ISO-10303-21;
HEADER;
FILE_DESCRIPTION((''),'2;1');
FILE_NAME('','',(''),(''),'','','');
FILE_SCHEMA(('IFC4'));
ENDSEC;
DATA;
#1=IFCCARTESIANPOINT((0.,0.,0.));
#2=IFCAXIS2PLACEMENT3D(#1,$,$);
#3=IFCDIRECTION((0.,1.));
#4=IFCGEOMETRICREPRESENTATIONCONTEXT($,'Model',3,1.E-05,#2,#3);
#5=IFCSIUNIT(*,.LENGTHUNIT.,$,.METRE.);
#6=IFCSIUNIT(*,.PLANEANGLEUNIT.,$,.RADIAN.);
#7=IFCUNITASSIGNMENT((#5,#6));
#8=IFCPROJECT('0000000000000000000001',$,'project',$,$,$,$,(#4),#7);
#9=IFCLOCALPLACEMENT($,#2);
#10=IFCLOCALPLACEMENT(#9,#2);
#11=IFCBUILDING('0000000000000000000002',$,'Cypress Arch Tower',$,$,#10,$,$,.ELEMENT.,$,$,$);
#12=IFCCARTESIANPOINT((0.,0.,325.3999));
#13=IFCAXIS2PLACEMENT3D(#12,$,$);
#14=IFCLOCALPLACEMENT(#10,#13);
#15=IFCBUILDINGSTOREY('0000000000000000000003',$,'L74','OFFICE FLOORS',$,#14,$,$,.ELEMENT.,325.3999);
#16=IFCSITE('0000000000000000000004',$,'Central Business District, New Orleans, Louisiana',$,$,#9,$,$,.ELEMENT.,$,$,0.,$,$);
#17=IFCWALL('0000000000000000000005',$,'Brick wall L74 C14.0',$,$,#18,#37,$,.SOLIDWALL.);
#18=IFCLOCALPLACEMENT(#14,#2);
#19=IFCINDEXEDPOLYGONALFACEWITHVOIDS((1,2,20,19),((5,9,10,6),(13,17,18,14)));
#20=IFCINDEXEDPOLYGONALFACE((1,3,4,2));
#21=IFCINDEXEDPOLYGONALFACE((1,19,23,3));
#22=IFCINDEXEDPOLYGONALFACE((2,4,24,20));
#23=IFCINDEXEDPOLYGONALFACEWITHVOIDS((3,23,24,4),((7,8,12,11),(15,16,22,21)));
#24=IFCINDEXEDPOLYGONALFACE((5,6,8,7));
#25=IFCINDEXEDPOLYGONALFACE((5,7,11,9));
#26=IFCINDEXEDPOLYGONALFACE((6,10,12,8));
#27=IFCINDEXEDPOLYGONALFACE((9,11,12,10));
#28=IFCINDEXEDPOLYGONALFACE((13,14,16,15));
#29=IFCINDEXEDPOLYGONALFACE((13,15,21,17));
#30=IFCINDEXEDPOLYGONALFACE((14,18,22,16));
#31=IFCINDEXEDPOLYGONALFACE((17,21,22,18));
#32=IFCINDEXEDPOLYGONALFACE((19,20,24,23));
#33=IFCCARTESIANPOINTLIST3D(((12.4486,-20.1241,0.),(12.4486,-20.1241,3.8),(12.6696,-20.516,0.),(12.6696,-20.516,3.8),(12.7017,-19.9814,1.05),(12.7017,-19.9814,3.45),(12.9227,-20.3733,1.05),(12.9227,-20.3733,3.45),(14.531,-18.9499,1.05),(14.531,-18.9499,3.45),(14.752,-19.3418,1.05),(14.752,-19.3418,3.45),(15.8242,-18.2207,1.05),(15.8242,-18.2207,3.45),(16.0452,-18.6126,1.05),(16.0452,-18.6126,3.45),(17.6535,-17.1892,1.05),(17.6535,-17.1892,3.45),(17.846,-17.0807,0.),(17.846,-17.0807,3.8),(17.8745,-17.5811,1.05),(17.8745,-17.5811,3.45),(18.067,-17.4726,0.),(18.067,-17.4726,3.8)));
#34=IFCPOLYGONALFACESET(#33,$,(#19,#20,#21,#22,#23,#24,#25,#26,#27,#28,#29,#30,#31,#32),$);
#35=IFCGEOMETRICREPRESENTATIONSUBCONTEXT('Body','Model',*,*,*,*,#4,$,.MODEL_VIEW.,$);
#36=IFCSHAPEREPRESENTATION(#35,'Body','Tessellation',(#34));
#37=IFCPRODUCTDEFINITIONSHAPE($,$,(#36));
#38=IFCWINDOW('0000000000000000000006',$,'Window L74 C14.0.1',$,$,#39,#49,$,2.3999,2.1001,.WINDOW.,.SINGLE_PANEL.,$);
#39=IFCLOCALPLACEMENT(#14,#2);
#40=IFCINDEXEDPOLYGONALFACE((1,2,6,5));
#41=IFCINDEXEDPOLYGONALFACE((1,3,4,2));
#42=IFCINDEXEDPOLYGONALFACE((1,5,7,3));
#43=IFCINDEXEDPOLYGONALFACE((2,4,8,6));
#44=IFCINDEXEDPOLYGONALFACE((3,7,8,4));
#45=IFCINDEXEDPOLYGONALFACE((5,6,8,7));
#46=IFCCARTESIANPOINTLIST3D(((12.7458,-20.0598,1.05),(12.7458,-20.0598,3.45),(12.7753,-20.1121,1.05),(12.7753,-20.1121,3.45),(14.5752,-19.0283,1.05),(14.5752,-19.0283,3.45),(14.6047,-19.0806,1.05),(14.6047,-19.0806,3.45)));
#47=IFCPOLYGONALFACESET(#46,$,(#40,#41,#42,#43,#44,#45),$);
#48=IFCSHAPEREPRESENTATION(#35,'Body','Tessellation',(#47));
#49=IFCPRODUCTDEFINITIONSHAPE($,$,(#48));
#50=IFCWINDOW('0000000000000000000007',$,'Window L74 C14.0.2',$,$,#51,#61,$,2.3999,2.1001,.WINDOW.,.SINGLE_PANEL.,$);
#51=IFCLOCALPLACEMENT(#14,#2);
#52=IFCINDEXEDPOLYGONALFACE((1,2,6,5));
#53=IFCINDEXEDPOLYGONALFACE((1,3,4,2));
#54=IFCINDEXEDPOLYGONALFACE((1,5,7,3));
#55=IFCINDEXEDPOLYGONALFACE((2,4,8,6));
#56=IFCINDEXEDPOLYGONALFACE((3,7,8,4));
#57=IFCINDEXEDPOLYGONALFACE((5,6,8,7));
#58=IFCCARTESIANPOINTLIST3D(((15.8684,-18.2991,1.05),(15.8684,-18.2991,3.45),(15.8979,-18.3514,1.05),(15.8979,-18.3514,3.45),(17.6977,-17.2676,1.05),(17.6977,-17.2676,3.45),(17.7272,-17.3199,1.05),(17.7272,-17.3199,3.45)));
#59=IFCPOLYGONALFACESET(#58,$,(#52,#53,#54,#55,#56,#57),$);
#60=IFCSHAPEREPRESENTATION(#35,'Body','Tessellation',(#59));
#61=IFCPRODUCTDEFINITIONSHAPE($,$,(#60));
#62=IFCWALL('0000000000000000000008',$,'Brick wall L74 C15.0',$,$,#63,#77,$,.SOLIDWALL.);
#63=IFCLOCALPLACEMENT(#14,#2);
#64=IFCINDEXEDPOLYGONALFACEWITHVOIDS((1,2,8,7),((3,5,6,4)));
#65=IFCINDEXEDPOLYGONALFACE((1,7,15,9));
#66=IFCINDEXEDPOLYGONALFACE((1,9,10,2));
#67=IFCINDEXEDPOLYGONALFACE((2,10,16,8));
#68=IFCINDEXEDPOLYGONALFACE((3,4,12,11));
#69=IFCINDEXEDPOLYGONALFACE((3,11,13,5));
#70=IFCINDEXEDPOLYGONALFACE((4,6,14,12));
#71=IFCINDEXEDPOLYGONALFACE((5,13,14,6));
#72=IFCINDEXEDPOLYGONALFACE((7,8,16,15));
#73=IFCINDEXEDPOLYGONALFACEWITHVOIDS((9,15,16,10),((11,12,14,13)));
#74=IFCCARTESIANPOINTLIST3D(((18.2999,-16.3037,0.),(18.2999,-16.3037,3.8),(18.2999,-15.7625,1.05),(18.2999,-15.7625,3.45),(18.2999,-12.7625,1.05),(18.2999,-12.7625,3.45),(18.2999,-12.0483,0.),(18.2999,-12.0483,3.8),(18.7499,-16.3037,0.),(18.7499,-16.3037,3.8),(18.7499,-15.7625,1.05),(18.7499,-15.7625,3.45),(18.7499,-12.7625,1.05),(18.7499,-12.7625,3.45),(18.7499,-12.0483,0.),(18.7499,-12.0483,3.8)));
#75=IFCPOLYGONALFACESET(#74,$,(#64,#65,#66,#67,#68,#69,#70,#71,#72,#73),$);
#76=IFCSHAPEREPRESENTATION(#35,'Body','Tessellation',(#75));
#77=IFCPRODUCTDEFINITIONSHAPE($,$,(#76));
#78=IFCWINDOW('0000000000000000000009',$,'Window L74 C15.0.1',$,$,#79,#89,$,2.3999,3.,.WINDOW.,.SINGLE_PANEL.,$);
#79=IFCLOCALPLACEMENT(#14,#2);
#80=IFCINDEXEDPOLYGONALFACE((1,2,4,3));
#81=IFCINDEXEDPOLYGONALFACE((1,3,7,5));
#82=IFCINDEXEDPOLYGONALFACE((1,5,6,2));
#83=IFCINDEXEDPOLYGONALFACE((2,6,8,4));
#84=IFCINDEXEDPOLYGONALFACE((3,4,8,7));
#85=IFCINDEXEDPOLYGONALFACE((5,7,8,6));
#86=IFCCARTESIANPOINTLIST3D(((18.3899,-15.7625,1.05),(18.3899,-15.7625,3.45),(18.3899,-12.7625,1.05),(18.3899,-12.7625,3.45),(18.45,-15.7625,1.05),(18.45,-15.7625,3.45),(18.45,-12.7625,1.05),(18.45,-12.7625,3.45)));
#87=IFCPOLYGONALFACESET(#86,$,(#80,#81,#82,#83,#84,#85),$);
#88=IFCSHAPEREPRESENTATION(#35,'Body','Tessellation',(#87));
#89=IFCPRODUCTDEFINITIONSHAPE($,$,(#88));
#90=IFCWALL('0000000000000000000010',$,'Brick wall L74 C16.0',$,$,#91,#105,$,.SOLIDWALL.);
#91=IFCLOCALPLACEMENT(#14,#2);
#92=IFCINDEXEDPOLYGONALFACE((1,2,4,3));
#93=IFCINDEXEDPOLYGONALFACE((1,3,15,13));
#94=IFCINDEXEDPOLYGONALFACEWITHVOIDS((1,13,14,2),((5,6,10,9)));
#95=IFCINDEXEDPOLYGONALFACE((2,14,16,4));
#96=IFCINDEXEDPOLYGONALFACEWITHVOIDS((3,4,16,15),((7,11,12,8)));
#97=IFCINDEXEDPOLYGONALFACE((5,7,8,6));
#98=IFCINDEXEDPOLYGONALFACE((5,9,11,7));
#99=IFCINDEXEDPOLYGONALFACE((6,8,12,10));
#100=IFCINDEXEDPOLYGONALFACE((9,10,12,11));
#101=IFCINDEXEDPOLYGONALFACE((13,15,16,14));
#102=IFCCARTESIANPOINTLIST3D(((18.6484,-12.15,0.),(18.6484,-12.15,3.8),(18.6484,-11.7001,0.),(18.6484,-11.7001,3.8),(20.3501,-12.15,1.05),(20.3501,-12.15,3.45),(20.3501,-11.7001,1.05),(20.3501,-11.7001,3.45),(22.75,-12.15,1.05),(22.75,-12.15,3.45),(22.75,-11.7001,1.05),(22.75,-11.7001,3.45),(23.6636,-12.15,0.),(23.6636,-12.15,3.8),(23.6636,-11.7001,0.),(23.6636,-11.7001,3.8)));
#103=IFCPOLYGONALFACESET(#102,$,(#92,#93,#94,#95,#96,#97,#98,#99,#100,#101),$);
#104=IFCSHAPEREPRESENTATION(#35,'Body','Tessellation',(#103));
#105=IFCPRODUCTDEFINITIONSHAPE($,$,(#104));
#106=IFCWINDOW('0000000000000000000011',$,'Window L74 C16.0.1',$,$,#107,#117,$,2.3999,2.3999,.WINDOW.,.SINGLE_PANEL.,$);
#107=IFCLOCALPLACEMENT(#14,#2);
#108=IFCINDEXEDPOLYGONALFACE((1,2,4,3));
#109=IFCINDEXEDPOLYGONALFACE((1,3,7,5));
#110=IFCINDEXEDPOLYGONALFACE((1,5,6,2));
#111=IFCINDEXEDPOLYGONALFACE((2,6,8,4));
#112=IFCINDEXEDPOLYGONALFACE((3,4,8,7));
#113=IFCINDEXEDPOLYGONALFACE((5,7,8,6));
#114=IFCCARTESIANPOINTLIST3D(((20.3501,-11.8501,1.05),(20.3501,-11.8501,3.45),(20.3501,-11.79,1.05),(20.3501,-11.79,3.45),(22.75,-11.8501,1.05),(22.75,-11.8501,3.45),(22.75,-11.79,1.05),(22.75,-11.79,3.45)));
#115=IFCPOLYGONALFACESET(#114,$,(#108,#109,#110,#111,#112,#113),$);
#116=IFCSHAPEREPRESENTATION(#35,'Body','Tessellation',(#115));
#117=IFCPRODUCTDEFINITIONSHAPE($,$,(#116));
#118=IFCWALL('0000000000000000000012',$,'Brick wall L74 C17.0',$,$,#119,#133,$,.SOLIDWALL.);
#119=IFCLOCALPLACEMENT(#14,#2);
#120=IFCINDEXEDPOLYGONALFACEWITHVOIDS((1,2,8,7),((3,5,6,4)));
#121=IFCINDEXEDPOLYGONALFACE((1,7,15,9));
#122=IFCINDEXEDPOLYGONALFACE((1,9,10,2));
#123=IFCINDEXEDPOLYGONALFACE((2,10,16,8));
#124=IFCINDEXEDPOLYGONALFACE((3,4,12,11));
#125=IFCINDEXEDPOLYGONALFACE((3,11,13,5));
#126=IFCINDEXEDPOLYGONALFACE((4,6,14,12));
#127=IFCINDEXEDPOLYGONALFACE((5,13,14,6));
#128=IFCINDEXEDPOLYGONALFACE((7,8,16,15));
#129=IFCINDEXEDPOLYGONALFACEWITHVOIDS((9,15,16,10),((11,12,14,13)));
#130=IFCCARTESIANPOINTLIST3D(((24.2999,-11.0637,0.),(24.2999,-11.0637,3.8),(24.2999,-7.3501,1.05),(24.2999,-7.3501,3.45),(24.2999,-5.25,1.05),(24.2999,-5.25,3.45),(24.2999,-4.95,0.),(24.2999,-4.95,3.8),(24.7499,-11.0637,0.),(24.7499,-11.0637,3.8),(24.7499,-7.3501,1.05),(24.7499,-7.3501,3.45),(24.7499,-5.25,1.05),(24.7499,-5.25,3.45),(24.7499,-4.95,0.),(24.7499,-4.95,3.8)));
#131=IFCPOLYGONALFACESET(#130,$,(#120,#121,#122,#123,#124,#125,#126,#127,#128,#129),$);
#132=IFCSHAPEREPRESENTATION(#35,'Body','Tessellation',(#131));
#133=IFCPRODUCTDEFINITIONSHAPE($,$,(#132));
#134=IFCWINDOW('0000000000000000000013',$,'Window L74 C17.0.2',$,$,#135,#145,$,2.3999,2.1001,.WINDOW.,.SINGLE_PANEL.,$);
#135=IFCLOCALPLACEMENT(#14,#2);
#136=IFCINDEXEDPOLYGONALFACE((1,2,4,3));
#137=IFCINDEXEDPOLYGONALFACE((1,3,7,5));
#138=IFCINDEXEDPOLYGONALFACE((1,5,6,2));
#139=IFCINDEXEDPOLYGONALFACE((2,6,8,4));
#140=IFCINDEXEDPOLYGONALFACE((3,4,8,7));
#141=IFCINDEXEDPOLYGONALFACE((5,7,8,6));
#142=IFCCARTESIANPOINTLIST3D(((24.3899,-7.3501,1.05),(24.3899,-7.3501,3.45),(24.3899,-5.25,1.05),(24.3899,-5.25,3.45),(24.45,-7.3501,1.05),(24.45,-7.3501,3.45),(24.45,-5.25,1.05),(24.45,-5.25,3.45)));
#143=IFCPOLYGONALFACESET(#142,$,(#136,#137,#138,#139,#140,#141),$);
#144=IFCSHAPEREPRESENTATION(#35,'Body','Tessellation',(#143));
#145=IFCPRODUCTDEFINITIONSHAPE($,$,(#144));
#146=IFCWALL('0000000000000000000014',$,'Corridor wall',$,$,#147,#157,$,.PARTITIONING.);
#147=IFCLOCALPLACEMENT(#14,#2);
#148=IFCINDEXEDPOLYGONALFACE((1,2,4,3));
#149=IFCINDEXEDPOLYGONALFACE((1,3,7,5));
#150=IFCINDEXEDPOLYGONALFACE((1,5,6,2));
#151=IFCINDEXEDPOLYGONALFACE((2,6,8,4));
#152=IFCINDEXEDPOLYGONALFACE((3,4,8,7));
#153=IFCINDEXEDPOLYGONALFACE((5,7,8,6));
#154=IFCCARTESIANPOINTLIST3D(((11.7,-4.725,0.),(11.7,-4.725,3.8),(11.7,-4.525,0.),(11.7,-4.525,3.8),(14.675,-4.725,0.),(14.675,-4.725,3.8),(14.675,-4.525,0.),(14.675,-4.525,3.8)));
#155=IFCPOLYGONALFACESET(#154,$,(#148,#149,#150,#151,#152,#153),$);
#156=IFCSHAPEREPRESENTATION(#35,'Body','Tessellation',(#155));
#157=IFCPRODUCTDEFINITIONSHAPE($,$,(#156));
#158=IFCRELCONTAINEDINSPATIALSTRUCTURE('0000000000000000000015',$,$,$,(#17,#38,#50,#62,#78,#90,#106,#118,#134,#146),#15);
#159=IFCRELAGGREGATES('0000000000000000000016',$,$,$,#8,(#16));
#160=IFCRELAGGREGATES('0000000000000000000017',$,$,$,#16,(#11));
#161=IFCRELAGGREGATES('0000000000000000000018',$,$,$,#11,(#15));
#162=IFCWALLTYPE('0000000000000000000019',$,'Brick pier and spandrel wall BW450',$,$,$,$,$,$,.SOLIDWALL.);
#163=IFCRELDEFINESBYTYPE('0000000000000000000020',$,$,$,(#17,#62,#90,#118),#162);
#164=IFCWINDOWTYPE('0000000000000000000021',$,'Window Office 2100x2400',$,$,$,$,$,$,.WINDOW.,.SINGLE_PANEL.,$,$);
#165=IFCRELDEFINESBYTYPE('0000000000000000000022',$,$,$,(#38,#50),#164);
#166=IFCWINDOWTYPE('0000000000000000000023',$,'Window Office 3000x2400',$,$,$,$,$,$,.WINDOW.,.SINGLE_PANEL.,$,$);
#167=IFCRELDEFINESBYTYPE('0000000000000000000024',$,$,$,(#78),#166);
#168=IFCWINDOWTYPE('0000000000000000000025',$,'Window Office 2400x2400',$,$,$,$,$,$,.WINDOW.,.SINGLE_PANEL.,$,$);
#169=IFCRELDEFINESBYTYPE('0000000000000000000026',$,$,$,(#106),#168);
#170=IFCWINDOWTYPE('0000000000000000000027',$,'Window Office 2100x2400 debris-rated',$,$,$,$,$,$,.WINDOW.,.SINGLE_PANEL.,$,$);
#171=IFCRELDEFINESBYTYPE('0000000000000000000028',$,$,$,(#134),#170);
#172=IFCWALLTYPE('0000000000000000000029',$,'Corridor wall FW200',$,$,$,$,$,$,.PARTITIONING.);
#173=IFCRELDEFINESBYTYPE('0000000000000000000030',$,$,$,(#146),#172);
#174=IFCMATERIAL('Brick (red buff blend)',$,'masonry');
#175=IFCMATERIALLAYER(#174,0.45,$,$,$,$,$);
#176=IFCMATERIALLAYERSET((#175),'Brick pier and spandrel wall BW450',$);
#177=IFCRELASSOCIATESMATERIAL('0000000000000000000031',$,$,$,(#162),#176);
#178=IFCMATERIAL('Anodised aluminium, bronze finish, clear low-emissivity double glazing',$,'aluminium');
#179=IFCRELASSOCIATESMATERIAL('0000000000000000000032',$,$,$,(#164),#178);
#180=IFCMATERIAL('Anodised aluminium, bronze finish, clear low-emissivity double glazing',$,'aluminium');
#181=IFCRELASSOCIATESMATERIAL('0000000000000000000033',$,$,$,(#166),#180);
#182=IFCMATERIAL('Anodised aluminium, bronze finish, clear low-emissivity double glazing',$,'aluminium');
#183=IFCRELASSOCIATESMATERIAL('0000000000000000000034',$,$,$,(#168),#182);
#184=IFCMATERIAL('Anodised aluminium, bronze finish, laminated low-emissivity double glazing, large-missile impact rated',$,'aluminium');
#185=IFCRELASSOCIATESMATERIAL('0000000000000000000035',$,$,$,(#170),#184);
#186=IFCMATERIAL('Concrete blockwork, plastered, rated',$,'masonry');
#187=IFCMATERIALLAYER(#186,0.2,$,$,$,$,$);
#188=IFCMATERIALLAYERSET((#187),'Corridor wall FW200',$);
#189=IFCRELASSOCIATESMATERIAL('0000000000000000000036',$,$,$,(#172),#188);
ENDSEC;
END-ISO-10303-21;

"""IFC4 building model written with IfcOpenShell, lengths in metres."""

from ifc_helpers import new_model, si_unit, direction, frame, frame_2d, origin, place, context, subcontext, project, spatial, rectangle, extrude, material, layer, layer_set, type_object, element, fill, save


model = new_model("IFC4")

# Units and contexts
model_context = context("Model", 3, precision=1e-05, world=origin(), true_north=direction((0.0, 1.0)))
body_context = subcontext(model_context, "Body", "Model", "MODEL_VIEW")
ifc_project = project(units=[si_unit("LENGTHUNIT", "METRE"), si_unit("PLANEANGLEUNIT", "RADIAN")], contexts=[model_context])

# Site, building, storey
site_placement = place(None, origin())
site = spatial("IfcSite", under=ifc_project, at=site_placement, Name="Central Business District, New Orleans, Louisiana", CompositionType="ELEMENT", RefElevation=0.0)
building_placement = place(site_placement, origin())
building = spatial("IfcBuilding", under=site, at=building_placement, Name="Cypress Arch Tower", CompositionType="ELEMENT")
storey_placement = place(building_placement, frame((0.0, 0.0, 325.3999)))
storey = spatial("IfcBuildingStorey", under=building, at=storey_placement, Name="L74", Description="OFFICE FLOORS", CompositionType="ELEMENT", Elevation=325.3999)

# Wall, openings, windows
ifc_material_1 = material(Name="Brick (red buff blend)", Category="masonry")
ifc_layer_1 = layer(ifc_material_1, 0.45)
ifc_layer_set_1 = layer_set([ifc_layer_1], Name="Brick pier and spandrel wall BW450")
wall_type_1 = type_object("IfcWallType", Name="Brick pier and spandrel wall BW450", PredefinedType="SOLIDWALL", material=ifc_layer_set_1)
wall_1_placement = place(storey_placement, frame((12.5591, -20.3201, 0.0), z_axis=(0.0, 0.0, 1.0), x_axis=(0.871066, 0.491166, 0.0)))
wall_1 = element("IfcWall", 1, at=wall_1_placement, inside=storey, type_object=wall_type_1, Name="Brick wall L74 C14.0", PredefinedType="SOLIDWALL", context=body_context, shape_type="SweptSolid", body=[
    extrude(rectangle(XDim=6.1963, YDim=0.45, at=frame_2d((3.0981, 0.0))), origin(), (0.0, 0.0, 1.0), 3.8),
])
opening_1_placement = place(wall_1_placement, frame((0.2905, 0.0, 1.05)))
opening_1 = element("IfcOpeningElement", 2, at=opening_1_placement, cuts=wall_1, PredefinedType="OPENING", context=body_context, shape_type="SweptSolid", body=[
    extrude(rectangle(XDim=2.1001, YDim=2.3999, at=frame_2d((1.05, 1.2))), frame((0.0, 0.2349, 0.0), z_axis=(0.0, -1.0, 0.0), x_axis=(1.0, 0.0, 0.0)), (0.0, 0.0, 1.0), 0.47),
])
opening_2_placement = place(wall_1_placement, frame((3.8752, 0.0, 1.05)))
opening_2 = element("IfcOpeningElement", 3, at=opening_2_placement, cuts=wall_1, PredefinedType="OPENING", context=body_context, shape_type="SweptSolid", body=[
    extrude(rectangle(XDim=2.1001, YDim=2.3999, at=frame_2d((1.05, 1.2))), frame((0.0, 0.2349, 0.0), z_axis=(0.0, -1.0, 0.0), x_axis=(1.0, 0.0, 0.0)), (0.0, 0.0, 1.0), 0.47),
])
ifc_material_2 = material(Name="Anodised aluminium, bronze finish, clear low-emissivity double glazing", Category="aluminium")
window_type_1 = type_object("IfcWindowType", Name="Window Office 2100x2400", PartitioningType="SINGLE_PANEL", PredefinedType="WINDOW", material=ifc_material_2)
window_1_placement = place(opening_1_placement, origin())
window_1 = element("IfcWindow", 4, at=window_1_placement, inside=storey, type_object=window_type_1, Name="Window L74 C14.0.1", OverallHeight=2.3999, OverallWidth=2.1001, PartitioningType="SINGLE_PANEL", PredefinedType="WINDOW", context=body_context, shape_type="SweptSolid", body=[
    extrude(rectangle(XDim=2.1001, YDim=2.3999, at=frame_2d((1.05, 1.2))), frame((0.0, 0.135, 0.0), z_axis=(0.0, -1.0, 0.0), x_axis=(1.0, 0.0, 0.0)), (0.0, 0.0, 1.0), 0.0601),
])
fill(opening_1, window_1)
window_2_placement = place(opening_2_placement, origin())
window_2 = element("IfcWindow", 5, at=window_2_placement, inside=storey, type_object=window_type_1, Name="Window L74 C14.0.2", OverallHeight=2.3999, OverallWidth=2.1001, PartitioningType="SINGLE_PANEL", PredefinedType="WINDOW", context=body_context, shape_type="SweptSolid", body=[
    extrude(rectangle(XDim=2.1001, YDim=2.3999, at=frame_2d((1.05, 1.2))), frame((0.0, 0.135, 0.0), z_axis=(0.0, -1.0, 0.0), x_axis=(1.0, 0.0, 0.0)), (0.0, 0.0, 1.0), 0.0601),
])
fill(opening_2, window_2)

# Walls, openings, windows
wall_2_placement = place(storey_placement, frame((18.5249, -16.3037, 0.0), z_axis=(0.0, 0.0, 1.0), x_axis=(0.0, 1.0, 0.0)))
wall_2 = element("IfcWall", 6, at=wall_2_placement, inside=storey, type_object=wall_type_1, Name="Brick wall L74 C15.0", PredefinedType="SOLIDWALL", context=body_context, shape_type="SweptSolid", body=[
    extrude(rectangle(XDim=4.2554, YDim=0.45, at=frame_2d((2.1277, 0.0))), origin(), (0.0, 0.0, 1.0), 3.8),
])
opening_3_placement = place(wall_2_placement, frame((0.5413, 0.0, 1.05)))
opening_3 = element("IfcOpeningElement", 7, at=opening_3_placement, cuts=wall_2, PredefinedType="OPENING", context=body_context, shape_type="SweptSolid", body=[
    extrude(rectangle(XDim=3.0, YDim=2.3999, at=frame_2d((1.5, 1.2))), frame((0.0, 0.2349, 0.0), z_axis=(0.0, -1.0, 0.0), x_axis=(1.0, 0.0, 0.0)), (0.0, 0.0, 1.0), 0.47),
])
ifc_material_3 = material(Name="Anodised aluminium, bronze finish, clear low-emissivity double glazing", Category="aluminium")
window_type_2 = type_object("IfcWindowType", Name="Window Office 3000x2400", PartitioningType="SINGLE_PANEL", PredefinedType="WINDOW", material=ifc_material_3)
window_3_placement = place(opening_3_placement, origin())
window_3 = element("IfcWindow", 8, at=window_3_placement, inside=storey, type_object=window_type_2, Name="Window L74 C15.0.1", OverallHeight=2.3999, OverallWidth=3.0, PartitioningType="SINGLE_PANEL", PredefinedType="WINDOW", context=body_context, shape_type="SweptSolid", body=[
    extrude(rectangle(XDim=3.0, YDim=2.3999, at=frame_2d((1.5, 1.2))), frame((0.0, 0.135, 0.0), z_axis=(0.0, -1.0, 0.0), x_axis=(1.0, 0.0, 0.0)), (0.0, 0.0, 1.0), 0.0601),
])
fill(opening_3, window_3)
wall_3_placement = place(storey_placement, frame((18.6484, -11.925, 0.0), z_axis=(0.0, 0.0, 1.0), x_axis=(1.0, 0.0, 0.0)))
wall_3 = element("IfcWall", 9, at=wall_3_placement, inside=storey, type_object=wall_type_1, Name="Brick wall L74 C16.0", PredefinedType="SOLIDWALL", context=body_context, shape_type="SweptSolid", body=[
    extrude(rectangle(XDim=5.0151, YDim=0.45, at=frame_2d((2.5076, 0.0))), origin(), (0.0, 0.0, 1.0), 3.8),
])
opening_4_placement = place(wall_3_placement, frame((1.7017, 0.0, 1.05)))
opening_4 = element("IfcOpeningElement", 10, at=opening_4_placement, cuts=wall_3, PredefinedType="OPENING", context=body_context, shape_type="SweptSolid", body=[
    extrude(rectangle(XDim=2.3999, YDim=2.3999, at=frame_2d((1.2, 1.2))), frame((0.0, 0.2349, 0.0), z_axis=(0.0, -1.0, 0.0), x_axis=(1.0, 0.0, 0.0)), (0.0, 0.0, 1.0), 0.47),
])
ifc_material_4 = material(Name="Anodised aluminium, bronze finish, clear low-emissivity double glazing", Category="aluminium")
window_type_3 = type_object("IfcWindowType", Name="Window Office 2400x2400", PartitioningType="SINGLE_PANEL", PredefinedType="WINDOW", material=ifc_material_4)
window_4_placement = place(opening_4_placement, origin())
window_4 = element("IfcWindow", 11, at=window_4_placement, inside=storey, type_object=window_type_3, Name="Window L74 C16.0.1", OverallHeight=2.3999, OverallWidth=2.3999, PartitioningType="SINGLE_PANEL", PredefinedType="WINDOW", context=body_context, shape_type="SweptSolid", body=[
    extrude(rectangle(XDim=2.3999, YDim=2.3999, at=frame_2d((1.2, 1.2))), frame((0.0, 0.135, 0.0), z_axis=(0.0, -1.0, 0.0), x_axis=(1.0, 0.0, 0.0)), (0.0, 0.0, 1.0), 0.0601),
])
fill(opening_4, window_4)
wall_4_placement = place(storey_placement, frame((24.5249, -11.0637, 0.0), z_axis=(0.0, 0.0, 1.0), x_axis=(0.0, 1.0, 0.0)))
wall_4 = element("IfcWall", 12, at=wall_4_placement, inside=storey, type_object=wall_type_1, Name="Brick wall L74 C17.0", PredefinedType="SOLIDWALL", context=body_context, shape_type="SweptSolid", body=[
    extrude(rectangle(XDim=6.1138, YDim=0.45, at=frame_2d((3.0569, 0.0))), origin(), (0.0, 0.0, 1.0), 3.8),
])
opening_5_placement = place(wall_4_placement, frame((3.7136, 0.0, 1.05)))
opening_5 = element("IfcOpeningElement", 13, at=opening_5_placement, cuts=wall_4, PredefinedType="OPENING", context=body_context, shape_type="SweptSolid", body=[
    extrude(rectangle(XDim=2.1001, YDim=2.3999, at=frame_2d((1.05, 1.2))), frame((0.0, 0.2349, 0.0), z_axis=(0.0, -1.0, 0.0), x_axis=(1.0, 0.0, 0.0)), (0.0, 0.0, 1.0), 0.47),
])
ifc_material_5 = material(Name="Anodised aluminium, bronze finish, laminated low-emissivity double glazing, large-missile impact rated", Category="aluminium")
window_type_4 = type_object("IfcWindowType", Name="Window Office 2100x2400 debris-rated", PartitioningType="SINGLE_PANEL", PredefinedType="WINDOW", material=ifc_material_5)
window_5_placement = place(opening_5_placement, origin())
window_5 = element("IfcWindow", 14, at=window_5_placement, inside=storey, type_object=window_type_4, Name="Window L74 C17.0.2", OverallHeight=2.3999, OverallWidth=2.1001, PartitioningType="SINGLE_PANEL", PredefinedType="WINDOW", context=body_context, shape_type="SweptSolid", body=[
    extrude(rectangle(XDim=2.1001, YDim=2.3999, at=frame_2d((1.05, 1.2))), frame((0.0, 0.135, 0.0), z_axis=(0.0, -1.0, 0.0), x_axis=(1.0, 0.0, 0.0)), (0.0, 0.0, 1.0), 0.0601),
])
fill(opening_5, window_5)

# Wall
ifc_material_6 = material(Name="Concrete blockwork, plastered, rated", Category="masonry")
ifc_layer_2 = layer(ifc_material_6, 0.2)
ifc_layer_set_2 = layer_set([ifc_layer_2], Name="Corridor wall FW200")
wall_type_2 = type_object("IfcWallType", Name="Corridor wall FW200", PredefinedType="PARTITIONING", material=ifc_layer_set_2)
wall_5_placement = place(storey_placement, frame((11.7, -4.625, 0.0), z_axis=(0.0, 0.0, 1.0), x_axis=(1.0, 0.0, 0.0)))
element("IfcWall", 15, at=wall_5_placement, inside=storey, type_object=wall_type_2, Name="Corridor wall", PredefinedType="PARTITIONING", context=body_context, shape_type="SweptSolid", body=[
    extrude(rectangle(XDim=2.9751, YDim=0.2, at=frame_2d((1.4875, 0.0))), origin(), (0.0, 0.0, 1.0), 3.8),
])

save(model, "model.ifc")
